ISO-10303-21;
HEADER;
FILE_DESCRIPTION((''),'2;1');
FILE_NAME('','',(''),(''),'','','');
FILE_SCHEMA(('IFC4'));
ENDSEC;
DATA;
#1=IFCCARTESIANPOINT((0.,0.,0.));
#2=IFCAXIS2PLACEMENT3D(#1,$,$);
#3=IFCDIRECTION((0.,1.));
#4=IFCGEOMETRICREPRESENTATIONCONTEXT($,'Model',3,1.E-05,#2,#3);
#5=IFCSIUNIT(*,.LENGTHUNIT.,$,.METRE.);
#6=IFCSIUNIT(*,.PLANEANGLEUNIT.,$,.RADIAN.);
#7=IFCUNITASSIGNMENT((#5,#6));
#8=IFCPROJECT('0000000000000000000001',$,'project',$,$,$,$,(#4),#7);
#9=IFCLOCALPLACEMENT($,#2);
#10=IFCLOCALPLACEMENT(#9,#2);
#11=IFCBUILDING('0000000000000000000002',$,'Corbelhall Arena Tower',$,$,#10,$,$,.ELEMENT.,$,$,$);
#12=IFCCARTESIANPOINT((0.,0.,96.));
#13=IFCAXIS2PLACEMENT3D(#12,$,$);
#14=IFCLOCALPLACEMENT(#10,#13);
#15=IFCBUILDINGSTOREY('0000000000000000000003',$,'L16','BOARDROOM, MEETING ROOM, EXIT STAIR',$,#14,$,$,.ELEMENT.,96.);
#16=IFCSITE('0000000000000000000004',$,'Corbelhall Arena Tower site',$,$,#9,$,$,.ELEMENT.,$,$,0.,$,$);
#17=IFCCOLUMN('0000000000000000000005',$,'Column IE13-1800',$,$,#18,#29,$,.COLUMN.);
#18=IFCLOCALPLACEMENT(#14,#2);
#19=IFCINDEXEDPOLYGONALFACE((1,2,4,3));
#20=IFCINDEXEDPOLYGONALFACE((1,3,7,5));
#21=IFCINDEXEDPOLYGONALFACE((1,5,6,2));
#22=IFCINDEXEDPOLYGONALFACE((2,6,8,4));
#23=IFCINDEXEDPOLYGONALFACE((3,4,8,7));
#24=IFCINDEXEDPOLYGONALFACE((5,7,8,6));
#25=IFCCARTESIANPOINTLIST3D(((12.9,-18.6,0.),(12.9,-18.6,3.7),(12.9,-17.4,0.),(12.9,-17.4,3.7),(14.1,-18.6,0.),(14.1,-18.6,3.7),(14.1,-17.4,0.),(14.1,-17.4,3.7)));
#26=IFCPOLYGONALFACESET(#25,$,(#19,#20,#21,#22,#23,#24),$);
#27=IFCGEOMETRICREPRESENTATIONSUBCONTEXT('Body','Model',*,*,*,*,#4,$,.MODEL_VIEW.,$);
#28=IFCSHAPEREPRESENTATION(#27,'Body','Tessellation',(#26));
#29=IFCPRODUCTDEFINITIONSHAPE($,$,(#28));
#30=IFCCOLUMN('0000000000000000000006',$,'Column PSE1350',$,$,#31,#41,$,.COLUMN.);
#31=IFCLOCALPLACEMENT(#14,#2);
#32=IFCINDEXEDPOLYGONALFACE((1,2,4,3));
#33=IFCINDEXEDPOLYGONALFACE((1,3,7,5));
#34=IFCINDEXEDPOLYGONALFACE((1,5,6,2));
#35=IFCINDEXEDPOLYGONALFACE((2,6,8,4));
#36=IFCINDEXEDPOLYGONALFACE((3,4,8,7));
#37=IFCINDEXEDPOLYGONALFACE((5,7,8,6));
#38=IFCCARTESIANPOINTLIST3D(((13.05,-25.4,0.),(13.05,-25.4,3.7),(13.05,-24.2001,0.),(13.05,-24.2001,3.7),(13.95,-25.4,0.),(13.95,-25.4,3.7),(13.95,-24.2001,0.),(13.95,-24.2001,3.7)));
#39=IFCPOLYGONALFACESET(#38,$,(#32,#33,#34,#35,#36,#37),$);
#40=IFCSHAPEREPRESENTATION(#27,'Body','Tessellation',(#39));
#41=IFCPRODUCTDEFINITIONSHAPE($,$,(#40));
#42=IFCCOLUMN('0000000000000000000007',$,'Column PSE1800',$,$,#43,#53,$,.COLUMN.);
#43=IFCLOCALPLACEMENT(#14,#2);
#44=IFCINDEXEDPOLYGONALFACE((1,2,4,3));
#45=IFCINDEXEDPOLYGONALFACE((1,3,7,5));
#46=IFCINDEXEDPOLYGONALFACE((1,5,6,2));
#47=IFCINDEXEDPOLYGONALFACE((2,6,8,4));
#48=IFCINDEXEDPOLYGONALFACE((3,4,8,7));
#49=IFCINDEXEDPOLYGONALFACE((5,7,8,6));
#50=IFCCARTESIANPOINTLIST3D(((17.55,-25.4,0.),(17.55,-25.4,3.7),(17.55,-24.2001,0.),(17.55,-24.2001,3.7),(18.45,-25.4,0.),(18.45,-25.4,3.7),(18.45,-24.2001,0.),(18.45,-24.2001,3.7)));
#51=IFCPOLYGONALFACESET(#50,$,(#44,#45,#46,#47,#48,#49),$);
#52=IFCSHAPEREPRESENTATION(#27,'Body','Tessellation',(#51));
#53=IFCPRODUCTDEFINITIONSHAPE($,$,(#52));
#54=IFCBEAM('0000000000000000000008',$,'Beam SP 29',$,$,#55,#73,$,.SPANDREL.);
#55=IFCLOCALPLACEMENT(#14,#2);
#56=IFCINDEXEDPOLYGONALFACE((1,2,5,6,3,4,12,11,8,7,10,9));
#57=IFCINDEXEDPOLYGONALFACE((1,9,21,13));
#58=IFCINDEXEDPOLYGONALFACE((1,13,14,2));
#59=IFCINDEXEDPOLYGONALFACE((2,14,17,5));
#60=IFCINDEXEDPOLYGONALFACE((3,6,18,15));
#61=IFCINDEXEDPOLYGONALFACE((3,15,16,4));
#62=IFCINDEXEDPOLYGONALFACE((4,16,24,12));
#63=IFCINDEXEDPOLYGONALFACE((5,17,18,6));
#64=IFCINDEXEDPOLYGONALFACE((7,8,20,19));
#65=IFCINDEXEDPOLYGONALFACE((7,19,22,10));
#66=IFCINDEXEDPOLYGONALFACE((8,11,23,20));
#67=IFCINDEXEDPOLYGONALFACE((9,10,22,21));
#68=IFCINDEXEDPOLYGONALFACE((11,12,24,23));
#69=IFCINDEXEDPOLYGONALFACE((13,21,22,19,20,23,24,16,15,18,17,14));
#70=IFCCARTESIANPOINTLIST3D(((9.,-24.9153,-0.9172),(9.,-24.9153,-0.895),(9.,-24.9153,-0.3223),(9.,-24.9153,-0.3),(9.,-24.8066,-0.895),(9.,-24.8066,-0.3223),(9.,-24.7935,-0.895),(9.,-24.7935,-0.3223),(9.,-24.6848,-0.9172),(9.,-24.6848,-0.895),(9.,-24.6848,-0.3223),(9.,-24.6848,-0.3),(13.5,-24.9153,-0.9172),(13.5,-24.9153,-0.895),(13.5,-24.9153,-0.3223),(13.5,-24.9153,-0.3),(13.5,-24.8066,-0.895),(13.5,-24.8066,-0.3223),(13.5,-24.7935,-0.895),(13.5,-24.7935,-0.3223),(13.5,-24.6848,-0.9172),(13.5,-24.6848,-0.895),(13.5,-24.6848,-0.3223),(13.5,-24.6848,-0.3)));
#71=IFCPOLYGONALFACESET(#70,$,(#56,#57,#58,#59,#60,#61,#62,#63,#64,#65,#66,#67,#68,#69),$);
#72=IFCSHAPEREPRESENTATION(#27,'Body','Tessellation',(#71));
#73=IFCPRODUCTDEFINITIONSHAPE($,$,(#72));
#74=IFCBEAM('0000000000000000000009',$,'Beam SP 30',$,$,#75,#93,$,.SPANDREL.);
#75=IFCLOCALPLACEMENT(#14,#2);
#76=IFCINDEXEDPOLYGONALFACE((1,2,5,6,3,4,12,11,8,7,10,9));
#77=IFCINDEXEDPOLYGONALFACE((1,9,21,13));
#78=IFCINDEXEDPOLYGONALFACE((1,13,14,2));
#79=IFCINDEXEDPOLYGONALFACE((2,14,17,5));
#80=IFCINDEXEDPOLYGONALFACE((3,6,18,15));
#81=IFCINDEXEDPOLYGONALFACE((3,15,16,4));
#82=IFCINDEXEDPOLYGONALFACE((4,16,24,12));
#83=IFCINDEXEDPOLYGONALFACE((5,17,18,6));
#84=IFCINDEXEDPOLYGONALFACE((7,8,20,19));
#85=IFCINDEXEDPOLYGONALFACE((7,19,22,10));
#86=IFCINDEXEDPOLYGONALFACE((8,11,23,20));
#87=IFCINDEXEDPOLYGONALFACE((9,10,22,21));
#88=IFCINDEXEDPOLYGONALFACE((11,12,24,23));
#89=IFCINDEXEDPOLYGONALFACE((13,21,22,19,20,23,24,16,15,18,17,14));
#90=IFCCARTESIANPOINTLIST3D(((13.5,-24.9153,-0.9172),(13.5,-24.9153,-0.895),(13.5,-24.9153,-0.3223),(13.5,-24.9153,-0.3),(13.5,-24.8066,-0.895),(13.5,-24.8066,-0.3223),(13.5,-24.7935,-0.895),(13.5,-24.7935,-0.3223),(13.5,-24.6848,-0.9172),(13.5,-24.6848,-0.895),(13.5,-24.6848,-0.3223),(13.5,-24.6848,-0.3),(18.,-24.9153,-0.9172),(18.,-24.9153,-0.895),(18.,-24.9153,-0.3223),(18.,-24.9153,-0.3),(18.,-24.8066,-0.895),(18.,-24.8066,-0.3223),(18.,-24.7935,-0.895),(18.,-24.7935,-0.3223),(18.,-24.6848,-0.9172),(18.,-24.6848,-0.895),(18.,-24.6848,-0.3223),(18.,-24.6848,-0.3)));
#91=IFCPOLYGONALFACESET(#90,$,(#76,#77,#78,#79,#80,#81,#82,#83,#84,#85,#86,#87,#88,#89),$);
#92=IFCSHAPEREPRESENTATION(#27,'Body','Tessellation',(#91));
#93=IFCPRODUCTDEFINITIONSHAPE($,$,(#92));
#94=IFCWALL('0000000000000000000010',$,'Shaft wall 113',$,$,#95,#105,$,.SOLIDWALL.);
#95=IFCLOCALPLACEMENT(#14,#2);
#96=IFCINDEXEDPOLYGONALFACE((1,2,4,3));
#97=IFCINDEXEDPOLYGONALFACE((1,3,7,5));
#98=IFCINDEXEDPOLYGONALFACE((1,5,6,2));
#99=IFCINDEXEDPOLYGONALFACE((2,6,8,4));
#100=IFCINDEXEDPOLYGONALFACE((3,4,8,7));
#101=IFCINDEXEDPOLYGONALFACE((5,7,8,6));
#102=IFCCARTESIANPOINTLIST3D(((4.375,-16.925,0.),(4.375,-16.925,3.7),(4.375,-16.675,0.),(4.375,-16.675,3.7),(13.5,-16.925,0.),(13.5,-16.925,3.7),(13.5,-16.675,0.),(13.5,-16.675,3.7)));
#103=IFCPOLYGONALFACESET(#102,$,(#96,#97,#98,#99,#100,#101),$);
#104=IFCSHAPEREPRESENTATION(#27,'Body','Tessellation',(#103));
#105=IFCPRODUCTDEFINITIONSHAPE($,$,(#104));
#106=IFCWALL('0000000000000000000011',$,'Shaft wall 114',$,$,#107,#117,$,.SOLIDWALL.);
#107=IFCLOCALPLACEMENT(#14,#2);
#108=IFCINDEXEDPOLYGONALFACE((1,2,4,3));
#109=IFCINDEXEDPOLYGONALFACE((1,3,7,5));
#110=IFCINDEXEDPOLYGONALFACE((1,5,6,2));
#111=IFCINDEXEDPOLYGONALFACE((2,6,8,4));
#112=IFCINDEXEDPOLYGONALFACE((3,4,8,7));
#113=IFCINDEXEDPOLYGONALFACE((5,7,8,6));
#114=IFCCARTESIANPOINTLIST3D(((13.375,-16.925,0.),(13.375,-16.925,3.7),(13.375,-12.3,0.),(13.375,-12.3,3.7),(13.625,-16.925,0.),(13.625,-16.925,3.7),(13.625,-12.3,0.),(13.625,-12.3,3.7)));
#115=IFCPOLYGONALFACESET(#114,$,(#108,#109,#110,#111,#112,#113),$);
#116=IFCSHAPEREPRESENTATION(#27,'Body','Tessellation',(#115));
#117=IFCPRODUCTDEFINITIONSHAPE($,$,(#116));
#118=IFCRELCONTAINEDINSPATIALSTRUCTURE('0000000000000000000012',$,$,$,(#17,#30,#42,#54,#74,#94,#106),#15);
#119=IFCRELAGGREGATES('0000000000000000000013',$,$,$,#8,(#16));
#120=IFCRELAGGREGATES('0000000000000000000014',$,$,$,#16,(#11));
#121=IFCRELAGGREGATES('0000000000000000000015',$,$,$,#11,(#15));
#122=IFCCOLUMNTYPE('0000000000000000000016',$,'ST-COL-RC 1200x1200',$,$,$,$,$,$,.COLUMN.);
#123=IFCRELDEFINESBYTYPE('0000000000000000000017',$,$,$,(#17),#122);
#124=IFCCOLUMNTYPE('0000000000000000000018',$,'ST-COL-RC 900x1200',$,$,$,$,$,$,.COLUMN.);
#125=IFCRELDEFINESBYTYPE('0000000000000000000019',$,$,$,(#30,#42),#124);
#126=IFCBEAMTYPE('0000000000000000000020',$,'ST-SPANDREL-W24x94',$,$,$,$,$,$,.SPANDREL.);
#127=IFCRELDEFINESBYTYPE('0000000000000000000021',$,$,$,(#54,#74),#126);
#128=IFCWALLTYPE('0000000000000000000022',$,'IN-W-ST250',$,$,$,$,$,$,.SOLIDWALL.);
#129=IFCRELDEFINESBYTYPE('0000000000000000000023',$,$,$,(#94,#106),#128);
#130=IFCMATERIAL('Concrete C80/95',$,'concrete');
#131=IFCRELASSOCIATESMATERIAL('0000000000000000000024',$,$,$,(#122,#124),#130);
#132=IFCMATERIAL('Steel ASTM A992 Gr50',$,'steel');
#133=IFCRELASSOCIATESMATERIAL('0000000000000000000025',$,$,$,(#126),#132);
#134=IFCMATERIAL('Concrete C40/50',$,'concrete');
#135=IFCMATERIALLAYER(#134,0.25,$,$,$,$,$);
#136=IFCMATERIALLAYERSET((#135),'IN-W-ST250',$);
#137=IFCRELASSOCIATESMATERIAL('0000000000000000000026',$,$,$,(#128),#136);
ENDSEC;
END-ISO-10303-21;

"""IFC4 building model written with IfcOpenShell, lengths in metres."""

from ifc_helpers import new_model, si_unit, direction, frame, frame_2d, origin, origin_2d, place, context, subcontext, project, spatial, rectangle, i_section, extrude, material, layer, layer_set, material_profile, profile_set, type_object, element, save


model = new_model("IFC4")

# Units and contexts
model_context = context("Model", 3, precision=1e-05, world=origin(), true_north=direction((0.0, 1.0)))
body_context = subcontext(model_context, "Body", "Model", "MODEL_VIEW")
ifc_project = project(units=[si_unit("LENGTHUNIT", "METRE"), si_unit("PLANEANGLEUNIT", "RADIAN")], contexts=[model_context])

# Site, building, storey
site_placement = place(None, origin())
site = spatial("IfcSite", under=ifc_project, at=site_placement, Name="Corbelhall Arena Tower site", CompositionType="ELEMENT", RefElevation=0.0)
building_placement = place(site_placement, origin())
building = spatial("IfcBuilding", under=site, at=building_placement, Name="Corbelhall Arena Tower", CompositionType="ELEMENT")
storey_placement = place(building_placement, frame((0.0, 0.0, 96.0)))
storey = spatial("IfcBuildingStorey", under=building, at=storey_placement, Name="L16", Description="BOARDROOM, MEETING ROOM, EXIT STAIR", CompositionType="ELEMENT", Elevation=96.0)

# Columns
ifc_material_1 = material(Name="Concrete C80/95", Category="concrete")
ifc_material_profile_1 = material_profile(ifc_material_1, rectangle(XDim=1.2, YDim=1.2, at=origin_2d()))
ifc_profile_set_1 = profile_set([ifc_material_profile_1], Name="Concrete C80/95")
column_type_1 = type_object("IfcColumnType", Name="ST-COL-RC 1200x1200", PredefinedType="COLUMN", material=ifc_profile_set_1)
column_placement = place(storey_placement, frame((13.5, -18.0, 0.0), z_axis=(0.0, 0.0, 1.0), x_axis=(1.0, 0.0, 0.0)))
element("IfcColumn", 1, at=column_placement, inside=storey, type_object=column_type_1, Name="Column IE13-1800", PredefinedType="COLUMN", context=body_context, shape_type="SweptSolid", body=[
    extrude(rectangle(XDim=1.2, YDim=1.2, at=origin_2d()), origin(), (0.0, 0.0, 1.0), 3.7),
])
ifc_material_profile_2 = material_profile(ifc_material_1, rectangle(XDim=0.8999, YDim=1.2, at=origin_2d()))
ifc_profile_set_2 = profile_set([ifc_material_profile_2], Name="Concrete C80/95")
column_type_2 = type_object("IfcColumnType", Name="ST-COL-RC 900x1200", PredefinedType="COLUMN", material=ifc_profile_set_2)
for number, where, z_axis, x_axis, name in (
    (2, (13.5, -24.8, 0.0), (0.0, 0.0, 1.0), (1.0, 0.0, 0.0), "Column PSE1350"),
    (3, (18.0, -24.8, 0.0), (0.0, 0.0, 1.0), (1.0, 0.0, 0.0), "Column PSE1800"),
):
    element("IfcColumn", number, at=place(storey_placement, frame(where, z_axis=z_axis, x_axis=x_axis)), inside=storey, type_object=column_type_2, Name=name, PredefinedType="COLUMN", context=body_context, shape_type="SweptSolid", body=[
        extrude(rectangle(XDim=0.8999, YDim=1.2, at=origin_2d()), origin(), (0.0, 0.0, 1.0), 3.7),
    ])

# Beams
ifc_material_2 = material(Name="Steel ASTM A992 Gr50", Category="steel")
ifc_material_profile_3 = material_profile(ifc_material_2, i_section(OverallWidth=0.2305, OverallDepth=0.6172, WebThickness=0.0132, FlangeThickness=0.0222, at=origin_2d()))
ifc_profile_set_3 = profile_set([ifc_material_profile_3], Name="Steel ASTM A992 Gr50")
beam_type = type_object("IfcBeamType", Name="ST-SPANDREL-W24x94", PredefinedType="SPANDREL", material=ifc_profile_set_3)
for number, where, z_axis, x_axis, name in (
    (4, (13.5, -24.8, -0.6086), (-1.0, 0.0, 0.0), (0.0, -1.0, 0.0), "Beam SP 29"),
    (5, (18.0, -24.8, -0.6086), (-1.0, 0.0, 0.0), (0.0, -1.0, 0.0), "Beam SP 30"),
):
    element("IfcBeam", number, at=place(storey_placement, frame(where, z_axis=z_axis, x_axis=x_axis)), inside=storey, type_object=beam_type, Name=name, PredefinedType="SPANDREL", context=body_context, shape_type="SweptSolid", body=[
        extrude(i_section(OverallWidth=0.2305, OverallDepth=0.6172, WebThickness=0.0132, FlangeThickness=0.0222, at=origin_2d()), origin(), (0.0, 0.0, 1.0), 4.5),
    ])

# Walls
ifc_material_3 = material(Name="Concrete C40/50", Category="concrete")
ifc_layer_1 = layer(ifc_material_3, 0.25)
ifc_layer_set_1 = layer_set([ifc_layer_1], Name="IN-W-ST250")
wall_type_1 = type_object("IfcWallType", Name="IN-W-ST250", PredefinedType="SOLIDWALL", material=ifc_layer_set_1)
wall_1_placement = place(storey_placement, frame((13.5, -16.8, 0.0), z_axis=(0.0, 0.0, 1.0), x_axis=(-1.0, 0.0, 0.0)))
element("IfcWall", 6, at=wall_1_placement, inside=storey, type_object=wall_type_1, Name="Shaft wall 113", PredefinedType="SOLIDWALL", context=body_context, shape_type="SweptSolid", body=[
    extrude(rectangle(XDim=9.125, YDim=0.25, at=frame_2d((4.5625, 0.0))), origin(), (0.0, 0.0, 1.0), 3.7),
])
wall_2_placement = place(storey_placement, frame((13.5, -12.3, 0.0), z_axis=(0.0, 0.0, 1.0), x_axis=(0.0, -1.0, 0.0)))
element("IfcWall", 7, at=wall_2_placement, inside=storey, type_object=wall_type_1, Name="Shaft wall 114", PredefinedType="SOLIDWALL", context=body_context, shape_type="SweptSolid", body=[
    extrude(rectangle(XDim=4.625, YDim=0.25, at=frame_2d((2.3125, 0.0))), origin(), (0.0, 0.0, 1.0), 3.7),
])

save(model, "model.ifc")
